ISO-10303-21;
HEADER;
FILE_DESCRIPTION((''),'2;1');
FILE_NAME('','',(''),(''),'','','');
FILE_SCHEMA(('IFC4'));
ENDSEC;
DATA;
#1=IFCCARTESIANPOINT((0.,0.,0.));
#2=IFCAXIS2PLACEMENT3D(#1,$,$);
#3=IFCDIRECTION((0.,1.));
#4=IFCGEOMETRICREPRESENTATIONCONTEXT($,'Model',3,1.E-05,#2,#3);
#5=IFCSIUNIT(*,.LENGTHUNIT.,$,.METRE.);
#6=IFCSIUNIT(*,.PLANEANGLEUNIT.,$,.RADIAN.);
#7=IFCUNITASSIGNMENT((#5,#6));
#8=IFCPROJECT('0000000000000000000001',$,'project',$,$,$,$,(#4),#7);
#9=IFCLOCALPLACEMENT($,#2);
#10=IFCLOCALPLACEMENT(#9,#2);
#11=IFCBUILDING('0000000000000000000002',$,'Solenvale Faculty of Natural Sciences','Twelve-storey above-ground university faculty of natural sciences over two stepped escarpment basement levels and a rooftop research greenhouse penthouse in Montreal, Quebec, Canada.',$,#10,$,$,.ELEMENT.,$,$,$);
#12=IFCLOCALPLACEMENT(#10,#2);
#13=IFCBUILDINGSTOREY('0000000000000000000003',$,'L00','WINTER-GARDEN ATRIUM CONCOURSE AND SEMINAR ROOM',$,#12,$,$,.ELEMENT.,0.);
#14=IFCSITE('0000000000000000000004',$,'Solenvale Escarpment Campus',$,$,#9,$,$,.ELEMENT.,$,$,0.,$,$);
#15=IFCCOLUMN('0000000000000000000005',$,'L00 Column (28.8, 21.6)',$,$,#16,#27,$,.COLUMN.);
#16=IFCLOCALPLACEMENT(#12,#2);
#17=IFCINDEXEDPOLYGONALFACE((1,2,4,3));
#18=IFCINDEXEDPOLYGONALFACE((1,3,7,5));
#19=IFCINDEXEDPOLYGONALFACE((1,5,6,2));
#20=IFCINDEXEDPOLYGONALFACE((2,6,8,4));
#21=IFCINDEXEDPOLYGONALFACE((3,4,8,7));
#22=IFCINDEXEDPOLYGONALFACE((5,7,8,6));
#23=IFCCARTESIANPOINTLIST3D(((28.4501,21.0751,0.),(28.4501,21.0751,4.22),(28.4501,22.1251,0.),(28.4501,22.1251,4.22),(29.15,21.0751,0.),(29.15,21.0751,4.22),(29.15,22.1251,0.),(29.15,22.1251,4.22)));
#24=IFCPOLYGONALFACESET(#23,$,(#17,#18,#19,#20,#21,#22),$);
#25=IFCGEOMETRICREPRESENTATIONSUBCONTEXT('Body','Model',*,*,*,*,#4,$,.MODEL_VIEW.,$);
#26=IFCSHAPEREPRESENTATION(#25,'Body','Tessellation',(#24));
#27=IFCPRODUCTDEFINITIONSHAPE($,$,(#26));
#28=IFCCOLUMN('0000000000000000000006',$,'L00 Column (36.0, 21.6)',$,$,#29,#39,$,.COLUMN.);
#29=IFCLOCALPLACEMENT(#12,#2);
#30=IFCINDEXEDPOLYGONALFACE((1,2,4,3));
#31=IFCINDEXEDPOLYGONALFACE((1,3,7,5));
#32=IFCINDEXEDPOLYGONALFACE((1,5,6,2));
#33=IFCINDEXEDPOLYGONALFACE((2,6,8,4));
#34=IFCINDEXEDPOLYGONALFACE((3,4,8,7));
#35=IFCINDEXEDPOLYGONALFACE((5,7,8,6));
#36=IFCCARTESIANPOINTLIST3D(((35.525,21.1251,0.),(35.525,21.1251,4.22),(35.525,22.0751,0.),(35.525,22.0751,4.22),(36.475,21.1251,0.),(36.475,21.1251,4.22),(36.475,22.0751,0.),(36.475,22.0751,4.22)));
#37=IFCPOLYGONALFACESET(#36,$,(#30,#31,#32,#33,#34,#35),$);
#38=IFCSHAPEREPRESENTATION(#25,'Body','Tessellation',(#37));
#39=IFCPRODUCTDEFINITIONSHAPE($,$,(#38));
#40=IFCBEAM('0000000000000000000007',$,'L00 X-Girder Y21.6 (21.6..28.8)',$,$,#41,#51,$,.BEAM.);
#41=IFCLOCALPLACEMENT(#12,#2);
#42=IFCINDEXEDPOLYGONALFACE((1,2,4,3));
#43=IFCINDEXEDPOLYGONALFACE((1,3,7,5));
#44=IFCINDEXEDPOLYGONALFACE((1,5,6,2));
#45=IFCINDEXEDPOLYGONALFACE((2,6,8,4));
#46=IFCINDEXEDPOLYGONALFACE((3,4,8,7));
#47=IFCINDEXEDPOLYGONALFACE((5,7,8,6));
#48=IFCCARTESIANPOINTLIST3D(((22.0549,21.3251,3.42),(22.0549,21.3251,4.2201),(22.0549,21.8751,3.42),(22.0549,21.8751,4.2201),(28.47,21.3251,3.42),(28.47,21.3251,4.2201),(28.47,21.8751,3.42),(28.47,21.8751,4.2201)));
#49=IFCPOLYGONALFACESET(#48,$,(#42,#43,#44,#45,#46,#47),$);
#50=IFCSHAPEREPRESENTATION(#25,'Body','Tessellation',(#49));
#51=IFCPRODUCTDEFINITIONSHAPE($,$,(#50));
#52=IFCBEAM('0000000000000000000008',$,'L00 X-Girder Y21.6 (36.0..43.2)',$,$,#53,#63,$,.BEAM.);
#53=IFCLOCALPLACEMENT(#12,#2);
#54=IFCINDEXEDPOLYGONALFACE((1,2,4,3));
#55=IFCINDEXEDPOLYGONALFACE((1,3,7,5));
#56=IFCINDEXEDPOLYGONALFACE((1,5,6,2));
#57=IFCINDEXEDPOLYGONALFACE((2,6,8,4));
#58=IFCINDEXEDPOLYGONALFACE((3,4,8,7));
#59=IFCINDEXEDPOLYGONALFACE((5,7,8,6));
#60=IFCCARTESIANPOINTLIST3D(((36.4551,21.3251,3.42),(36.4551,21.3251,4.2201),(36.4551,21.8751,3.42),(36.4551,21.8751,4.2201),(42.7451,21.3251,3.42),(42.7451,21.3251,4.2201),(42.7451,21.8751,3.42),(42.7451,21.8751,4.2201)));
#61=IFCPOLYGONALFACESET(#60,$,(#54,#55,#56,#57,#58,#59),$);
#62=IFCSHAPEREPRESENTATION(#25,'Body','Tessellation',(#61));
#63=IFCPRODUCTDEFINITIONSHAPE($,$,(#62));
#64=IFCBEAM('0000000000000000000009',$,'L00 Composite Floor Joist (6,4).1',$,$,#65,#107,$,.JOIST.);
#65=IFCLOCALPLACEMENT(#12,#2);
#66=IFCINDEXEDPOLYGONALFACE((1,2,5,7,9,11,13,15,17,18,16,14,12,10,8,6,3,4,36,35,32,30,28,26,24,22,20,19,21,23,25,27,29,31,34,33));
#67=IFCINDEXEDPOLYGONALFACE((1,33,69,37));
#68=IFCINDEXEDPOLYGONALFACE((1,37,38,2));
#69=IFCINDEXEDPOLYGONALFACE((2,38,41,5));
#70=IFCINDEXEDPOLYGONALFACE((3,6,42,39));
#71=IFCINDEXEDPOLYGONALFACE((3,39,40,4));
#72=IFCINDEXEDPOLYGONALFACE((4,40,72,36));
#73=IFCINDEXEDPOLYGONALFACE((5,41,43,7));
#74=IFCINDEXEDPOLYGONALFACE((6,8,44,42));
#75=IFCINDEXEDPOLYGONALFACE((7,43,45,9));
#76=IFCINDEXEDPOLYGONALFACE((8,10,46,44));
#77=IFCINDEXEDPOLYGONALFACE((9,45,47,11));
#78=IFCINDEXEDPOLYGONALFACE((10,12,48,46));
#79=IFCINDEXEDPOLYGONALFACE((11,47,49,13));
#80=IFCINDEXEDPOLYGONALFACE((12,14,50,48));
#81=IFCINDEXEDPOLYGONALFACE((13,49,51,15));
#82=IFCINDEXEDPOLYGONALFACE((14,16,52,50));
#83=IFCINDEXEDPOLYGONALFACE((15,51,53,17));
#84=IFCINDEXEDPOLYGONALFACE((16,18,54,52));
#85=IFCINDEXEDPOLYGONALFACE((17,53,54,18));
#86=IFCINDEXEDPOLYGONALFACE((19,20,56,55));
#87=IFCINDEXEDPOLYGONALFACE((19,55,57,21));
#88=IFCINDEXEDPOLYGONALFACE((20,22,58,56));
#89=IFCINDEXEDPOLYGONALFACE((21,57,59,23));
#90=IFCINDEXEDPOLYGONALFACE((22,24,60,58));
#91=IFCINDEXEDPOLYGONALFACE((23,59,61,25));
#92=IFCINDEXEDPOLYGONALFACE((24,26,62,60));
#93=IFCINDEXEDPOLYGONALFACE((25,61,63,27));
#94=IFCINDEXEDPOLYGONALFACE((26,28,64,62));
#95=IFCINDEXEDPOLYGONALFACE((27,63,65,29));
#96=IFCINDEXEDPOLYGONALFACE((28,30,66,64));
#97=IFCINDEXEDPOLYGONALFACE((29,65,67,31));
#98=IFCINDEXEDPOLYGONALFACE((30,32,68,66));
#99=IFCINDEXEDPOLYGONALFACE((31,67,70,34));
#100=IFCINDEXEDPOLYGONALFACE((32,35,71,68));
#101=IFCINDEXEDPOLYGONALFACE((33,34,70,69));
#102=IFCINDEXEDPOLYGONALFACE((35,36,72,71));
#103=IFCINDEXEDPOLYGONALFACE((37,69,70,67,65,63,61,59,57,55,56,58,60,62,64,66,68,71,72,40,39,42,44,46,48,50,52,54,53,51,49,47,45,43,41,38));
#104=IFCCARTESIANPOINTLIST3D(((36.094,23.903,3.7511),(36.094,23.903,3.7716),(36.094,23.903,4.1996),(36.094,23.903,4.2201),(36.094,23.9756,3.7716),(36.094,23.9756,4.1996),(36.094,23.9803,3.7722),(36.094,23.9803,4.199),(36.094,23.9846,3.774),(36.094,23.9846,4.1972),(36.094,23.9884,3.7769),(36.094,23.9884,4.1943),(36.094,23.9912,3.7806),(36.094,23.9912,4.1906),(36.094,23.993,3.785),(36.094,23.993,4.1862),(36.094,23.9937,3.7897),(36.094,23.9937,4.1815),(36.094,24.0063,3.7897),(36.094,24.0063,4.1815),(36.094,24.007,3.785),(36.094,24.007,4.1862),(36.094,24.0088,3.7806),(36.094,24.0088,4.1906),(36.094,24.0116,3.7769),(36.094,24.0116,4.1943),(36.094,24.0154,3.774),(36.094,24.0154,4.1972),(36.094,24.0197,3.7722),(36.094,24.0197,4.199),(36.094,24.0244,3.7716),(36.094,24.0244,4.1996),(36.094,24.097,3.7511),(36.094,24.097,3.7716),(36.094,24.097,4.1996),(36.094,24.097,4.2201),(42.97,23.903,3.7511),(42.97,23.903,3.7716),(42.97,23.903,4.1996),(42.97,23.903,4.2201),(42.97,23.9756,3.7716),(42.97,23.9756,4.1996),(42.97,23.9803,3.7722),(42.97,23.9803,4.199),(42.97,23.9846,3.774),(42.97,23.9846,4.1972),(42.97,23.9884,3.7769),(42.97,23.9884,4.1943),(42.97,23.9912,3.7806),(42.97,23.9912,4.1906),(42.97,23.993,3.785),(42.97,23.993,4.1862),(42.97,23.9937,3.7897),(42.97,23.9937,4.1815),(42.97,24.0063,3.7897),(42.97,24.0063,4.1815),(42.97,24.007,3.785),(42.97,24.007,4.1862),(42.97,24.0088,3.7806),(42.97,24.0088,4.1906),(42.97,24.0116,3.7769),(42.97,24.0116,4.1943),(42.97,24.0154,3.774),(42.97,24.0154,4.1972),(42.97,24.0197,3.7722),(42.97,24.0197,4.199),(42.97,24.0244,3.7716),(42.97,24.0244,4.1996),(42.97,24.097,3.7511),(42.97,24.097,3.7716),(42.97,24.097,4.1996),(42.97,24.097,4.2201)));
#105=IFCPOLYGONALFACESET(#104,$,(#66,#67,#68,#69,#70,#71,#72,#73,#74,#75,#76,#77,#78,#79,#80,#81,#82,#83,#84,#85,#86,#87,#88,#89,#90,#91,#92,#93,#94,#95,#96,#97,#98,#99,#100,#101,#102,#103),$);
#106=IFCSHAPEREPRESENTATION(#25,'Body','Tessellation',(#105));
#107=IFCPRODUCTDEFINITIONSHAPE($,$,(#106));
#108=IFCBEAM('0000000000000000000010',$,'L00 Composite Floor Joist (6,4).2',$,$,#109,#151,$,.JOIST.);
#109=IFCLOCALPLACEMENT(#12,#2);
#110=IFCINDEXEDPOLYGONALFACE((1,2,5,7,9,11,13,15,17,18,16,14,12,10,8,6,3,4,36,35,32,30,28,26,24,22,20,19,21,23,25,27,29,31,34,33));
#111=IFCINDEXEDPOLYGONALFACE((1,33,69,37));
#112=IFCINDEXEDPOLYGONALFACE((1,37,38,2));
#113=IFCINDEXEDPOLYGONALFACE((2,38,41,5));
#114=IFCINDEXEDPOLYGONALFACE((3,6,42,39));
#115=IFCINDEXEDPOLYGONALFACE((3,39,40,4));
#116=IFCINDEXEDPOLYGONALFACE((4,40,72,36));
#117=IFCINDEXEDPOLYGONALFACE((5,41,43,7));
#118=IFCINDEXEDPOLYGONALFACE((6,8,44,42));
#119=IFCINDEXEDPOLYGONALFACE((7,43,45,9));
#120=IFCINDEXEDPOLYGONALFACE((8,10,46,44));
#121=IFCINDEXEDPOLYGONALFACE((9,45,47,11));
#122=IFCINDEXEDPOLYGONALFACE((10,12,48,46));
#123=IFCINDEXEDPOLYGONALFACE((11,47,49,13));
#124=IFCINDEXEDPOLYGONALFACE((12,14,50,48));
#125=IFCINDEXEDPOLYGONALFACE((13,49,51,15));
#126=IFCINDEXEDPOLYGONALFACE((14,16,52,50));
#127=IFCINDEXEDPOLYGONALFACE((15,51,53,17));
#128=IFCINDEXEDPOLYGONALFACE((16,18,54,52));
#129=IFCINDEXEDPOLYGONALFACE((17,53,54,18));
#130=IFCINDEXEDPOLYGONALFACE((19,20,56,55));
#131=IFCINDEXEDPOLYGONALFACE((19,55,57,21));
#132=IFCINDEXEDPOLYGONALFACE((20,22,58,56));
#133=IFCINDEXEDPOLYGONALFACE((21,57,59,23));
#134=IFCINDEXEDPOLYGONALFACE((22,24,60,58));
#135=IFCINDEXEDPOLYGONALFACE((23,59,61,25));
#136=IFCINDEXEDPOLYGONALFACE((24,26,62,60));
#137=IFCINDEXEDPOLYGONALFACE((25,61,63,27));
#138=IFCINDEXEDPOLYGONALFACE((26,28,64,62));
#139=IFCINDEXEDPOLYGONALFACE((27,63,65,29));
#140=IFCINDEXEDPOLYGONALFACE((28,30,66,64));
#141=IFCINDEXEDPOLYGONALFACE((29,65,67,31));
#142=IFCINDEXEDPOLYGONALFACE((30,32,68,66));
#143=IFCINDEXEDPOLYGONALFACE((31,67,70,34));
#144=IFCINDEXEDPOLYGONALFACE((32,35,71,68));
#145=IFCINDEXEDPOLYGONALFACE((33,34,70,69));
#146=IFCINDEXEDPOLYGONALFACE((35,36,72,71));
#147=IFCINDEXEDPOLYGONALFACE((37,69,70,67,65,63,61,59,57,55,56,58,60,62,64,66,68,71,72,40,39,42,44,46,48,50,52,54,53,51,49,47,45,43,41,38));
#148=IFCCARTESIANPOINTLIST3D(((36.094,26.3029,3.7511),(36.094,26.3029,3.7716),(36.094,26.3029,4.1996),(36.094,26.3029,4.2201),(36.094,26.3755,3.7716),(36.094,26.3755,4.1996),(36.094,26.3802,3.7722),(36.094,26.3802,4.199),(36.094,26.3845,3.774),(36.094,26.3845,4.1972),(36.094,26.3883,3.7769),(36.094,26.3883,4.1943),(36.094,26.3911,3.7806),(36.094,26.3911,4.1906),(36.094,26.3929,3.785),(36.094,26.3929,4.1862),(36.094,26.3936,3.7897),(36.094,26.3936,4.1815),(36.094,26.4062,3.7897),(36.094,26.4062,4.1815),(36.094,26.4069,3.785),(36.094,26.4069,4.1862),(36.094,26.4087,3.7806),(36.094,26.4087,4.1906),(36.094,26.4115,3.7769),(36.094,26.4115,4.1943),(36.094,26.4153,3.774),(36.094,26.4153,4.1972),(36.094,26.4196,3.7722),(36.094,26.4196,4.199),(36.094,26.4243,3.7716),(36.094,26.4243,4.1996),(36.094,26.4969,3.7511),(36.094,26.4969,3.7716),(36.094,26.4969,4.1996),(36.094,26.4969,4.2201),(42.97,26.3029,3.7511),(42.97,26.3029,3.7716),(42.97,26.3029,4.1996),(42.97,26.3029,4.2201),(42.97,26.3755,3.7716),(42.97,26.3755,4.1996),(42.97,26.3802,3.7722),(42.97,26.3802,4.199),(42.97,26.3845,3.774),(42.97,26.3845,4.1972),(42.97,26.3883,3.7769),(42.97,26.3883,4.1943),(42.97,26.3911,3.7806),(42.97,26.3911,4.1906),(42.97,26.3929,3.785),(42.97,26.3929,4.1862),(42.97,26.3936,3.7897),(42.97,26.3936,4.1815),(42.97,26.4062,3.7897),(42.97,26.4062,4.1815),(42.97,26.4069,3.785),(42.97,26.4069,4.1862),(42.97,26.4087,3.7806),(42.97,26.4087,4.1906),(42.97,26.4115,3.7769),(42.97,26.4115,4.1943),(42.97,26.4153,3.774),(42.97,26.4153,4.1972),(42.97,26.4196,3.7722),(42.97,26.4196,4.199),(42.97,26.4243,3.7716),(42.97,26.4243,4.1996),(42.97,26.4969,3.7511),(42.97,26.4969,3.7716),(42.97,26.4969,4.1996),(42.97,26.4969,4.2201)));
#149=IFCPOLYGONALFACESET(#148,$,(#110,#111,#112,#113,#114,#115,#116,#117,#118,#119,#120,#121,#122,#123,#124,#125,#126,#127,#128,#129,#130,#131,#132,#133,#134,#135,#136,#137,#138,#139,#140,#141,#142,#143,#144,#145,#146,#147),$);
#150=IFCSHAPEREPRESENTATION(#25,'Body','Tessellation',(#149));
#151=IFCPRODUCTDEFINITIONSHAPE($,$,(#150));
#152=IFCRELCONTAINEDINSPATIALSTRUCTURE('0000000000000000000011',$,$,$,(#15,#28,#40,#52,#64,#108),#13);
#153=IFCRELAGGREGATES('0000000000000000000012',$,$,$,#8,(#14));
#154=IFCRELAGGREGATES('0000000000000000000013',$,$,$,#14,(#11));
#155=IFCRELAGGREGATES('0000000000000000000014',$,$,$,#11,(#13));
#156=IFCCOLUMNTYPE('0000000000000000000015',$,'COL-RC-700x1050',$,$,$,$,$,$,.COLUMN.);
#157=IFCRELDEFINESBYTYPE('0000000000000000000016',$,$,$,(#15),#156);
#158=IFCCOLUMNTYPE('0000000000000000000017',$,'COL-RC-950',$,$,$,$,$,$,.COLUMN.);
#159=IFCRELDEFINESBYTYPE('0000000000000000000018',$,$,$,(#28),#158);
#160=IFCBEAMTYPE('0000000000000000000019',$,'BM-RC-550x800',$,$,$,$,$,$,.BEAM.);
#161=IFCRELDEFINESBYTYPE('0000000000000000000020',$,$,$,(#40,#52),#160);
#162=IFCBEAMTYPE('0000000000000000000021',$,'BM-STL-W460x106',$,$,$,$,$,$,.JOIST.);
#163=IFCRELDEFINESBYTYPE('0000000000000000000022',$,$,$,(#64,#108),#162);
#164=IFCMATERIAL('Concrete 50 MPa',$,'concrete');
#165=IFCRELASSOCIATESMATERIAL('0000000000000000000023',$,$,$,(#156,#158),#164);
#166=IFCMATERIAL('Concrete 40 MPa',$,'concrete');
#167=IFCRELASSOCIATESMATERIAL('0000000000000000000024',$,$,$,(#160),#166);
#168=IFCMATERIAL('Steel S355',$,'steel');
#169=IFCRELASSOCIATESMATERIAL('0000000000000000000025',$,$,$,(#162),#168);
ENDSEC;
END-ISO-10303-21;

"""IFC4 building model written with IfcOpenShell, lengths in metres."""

from ifc_helpers import new_model, si_unit, direction, frame, origin, origin_2d, place, context, subcontext, project, spatial, rectangle, i_section, extrude, material, material_profile, profile_set, type_object, element, save


model = new_model("IFC4")

# Units and contexts
model_context = context("Model", 3, precision=1e-05, world=origin(), true_north=direction((0.0, 1.0)))
body_context = subcontext(model_context, "Body", "Model", "MODEL_VIEW")
ifc_project = project(units=[si_unit("LENGTHUNIT", "METRE"), si_unit("PLANEANGLEUNIT", "RADIAN")], contexts=[model_context])

# Site, building, storey
site_placement = place(None, origin())
site = spatial("IfcSite", under=ifc_project, at=site_placement, Name="Solenvale Escarpment Campus", CompositionType="ELEMENT", RefElevation=0.0)
building_placement = place(site_placement, origin())
building = spatial("IfcBuilding", under=site, at=building_placement, Name="Solenvale Faculty of Natural Sciences", Description="Twelve-storey above-ground university faculty of natural sciences over two stepped escarpment basement levels and a rooftop research greenhouse penthouse in Montreal, Quebec, Canada.", CompositionType="ELEMENT")
storey_placement = place(building_placement, origin())
storey = spatial("IfcBuildingStorey", under=building, at=storey_placement, Name="L00", Description="WINTER-GARDEN ATRIUM CONCOURSE AND SEMINAR ROOM", CompositionType="ELEMENT", Elevation=0.0)

# Columns
ifc_material_1 = material(Name="Concrete 50 MPa", Category="concrete")
ifc_material_profile_1 = material_profile(ifc_material_1, rectangle(XDim=0.7, YDim=1.05, at=origin_2d()), Name="RC-COL-700x1050")
ifc_profile_set_1 = profile_set([ifc_material_profile_1], Name="Concrete 50 MPa")
column_type_1 = type_object("IfcColumnType", Name="COL-RC-700x1050", PredefinedType="COLUMN", material=ifc_profile_set_1)
column_1_placement = place(storey_placement, frame((28.8, 21.6001, 0.0), z_axis=(0.0, 0.0, 1.0), x_axis=(1.0, 0.0, 0.0)))
element("IfcColumn", 1, at=column_1_placement, inside=storey, type_object=column_type_1, Name="L00 Column (28.8, 21.6)", PredefinedType="COLUMN", context=body_context, shape_type="SweptSolid", body=[
    extrude(rectangle(XDim=0.7, YDim=1.05, at=origin_2d()), origin(), (0.0, 0.0, 1.0), 4.22),
])
ifc_material_profile_2 = material_profile(ifc_material_1, rectangle(XDim=0.95, YDim=0.95, at=origin_2d()), Name="RC-COL-950x950")
ifc_profile_set_2 = profile_set([ifc_material_profile_2], Name="Concrete 50 MPa")
column_type_2 = type_object("IfcColumnType", Name="COL-RC-950", PredefinedType="COLUMN", material=ifc_profile_set_2)
column_2_placement = place(storey_placement, frame((36.0, 21.6001, 0.0), z_axis=(0.0, 0.0, 1.0), x_axis=(1.0, 0.0, 0.0)))
element("IfcColumn", 2, at=column_2_placement, inside=storey, type_object=column_type_2, Name="L00 Column (36.0, 21.6)", PredefinedType="COLUMN", context=body_context, shape_type="SweptSolid", body=[
    extrude(rectangle(XDim=0.95, YDim=0.95, at=origin_2d()), origin(), (0.0, 0.0, 1.0), 4.22),
])

# Beams
ifc_material_2 = material(Name="Concrete 40 MPa", Category="concrete")
ifc_material_profile_3 = material_profile(ifc_material_2, rectangle(XDim=0.55, YDim=0.8, at=origin_2d()), Name="RC-BM-550x800")
ifc_profile_set_3 = profile_set([ifc_material_profile_3], Name="Concrete 40 MPa")
beam_type_1 = type_object("IfcBeamType", Name="BM-RC-550x800", PredefinedType="BEAM", material=ifc_profile_set_3)
beam_1_placement = place(storey_placement, frame((22.0549, 21.6001, 3.8201), z_axis=(1.0, 0.0, 0.0), x_axis=(0.0, 1.0, 0.0)))
element("IfcBeam", 3, at=beam_1_placement, inside=storey, type_object=beam_type_1, Name="L00 X-Girder Y21.6 (21.6..28.8)", PredefinedType="BEAM", context=body_context, shape_type="SweptSolid", body=[
    extrude(rectangle(XDim=0.55, YDim=0.8, at=origin_2d()), origin(), (0.0, 0.0, 1.0), 6.415),
])
beam_2_placement = place(storey_placement, frame((36.4551, 21.6001, 3.8201), z_axis=(1.0, 0.0, 0.0), x_axis=(0.0, 1.0, 0.0)))
element("IfcBeam", 4, at=beam_2_placement, inside=storey, type_object=beam_type_1, Name="L00 X-Girder Y21.6 (36.0..43.2)", PredefinedType="BEAM", context=body_context, shape_type="SweptSolid", body=[
    extrude(rectangle(XDim=0.55, YDim=0.8, at=origin_2d()), origin(), (0.0, 0.0, 1.0), 6.29),
])
ifc_material_3 = material(Name="Steel S355", Category="steel")
ifc_material_profile_4 = material_profile(ifc_material_3, i_section(OverallWidth=0.1941, OverallDepth=0.469, WebThickness=0.0127, FlangeThickness=0.0205, FilletRadius=0.0181, at=origin_2d()), Name="W460x106")
ifc_profile_set_4 = profile_set([ifc_material_profile_4], Name="Steel S355")
beam_type_2 = type_object("IfcBeamType", Name="BM-STL-W460x106", PredefinedType="JOIST", material=ifc_profile_set_4)
for number, where, z_axis, x_axis, name in (
    (5, (36.094, 24.0, 3.9856), (1.0, 0.0, 0.0), (0.0, 1.0, 0.0), "L00 Composite Floor Joist (6,4).1"),
    (6, (36.094, 26.3999, 3.9856), (1.0, 0.0, 0.0), (0.0, 1.0, 0.0), "L00 Composite Floor Joist (6,4).2"),
):
    element("IfcBeam", number, at=place(storey_placement, frame(where, z_axis=z_axis, x_axis=x_axis)), inside=storey, type_object=beam_type_2, Name=name, PredefinedType="JOIST", context=body_context, shape_type="SweptSolid", body=[
        extrude(i_section(OverallWidth=0.1941, OverallDepth=0.469, WebThickness=0.0127, FlangeThickness=0.0205, FilletRadius=0.0181, at=origin_2d()), origin(), (0.0, 0.0, 1.0), 6.876),
    ])

save(model, "model.ifc")
